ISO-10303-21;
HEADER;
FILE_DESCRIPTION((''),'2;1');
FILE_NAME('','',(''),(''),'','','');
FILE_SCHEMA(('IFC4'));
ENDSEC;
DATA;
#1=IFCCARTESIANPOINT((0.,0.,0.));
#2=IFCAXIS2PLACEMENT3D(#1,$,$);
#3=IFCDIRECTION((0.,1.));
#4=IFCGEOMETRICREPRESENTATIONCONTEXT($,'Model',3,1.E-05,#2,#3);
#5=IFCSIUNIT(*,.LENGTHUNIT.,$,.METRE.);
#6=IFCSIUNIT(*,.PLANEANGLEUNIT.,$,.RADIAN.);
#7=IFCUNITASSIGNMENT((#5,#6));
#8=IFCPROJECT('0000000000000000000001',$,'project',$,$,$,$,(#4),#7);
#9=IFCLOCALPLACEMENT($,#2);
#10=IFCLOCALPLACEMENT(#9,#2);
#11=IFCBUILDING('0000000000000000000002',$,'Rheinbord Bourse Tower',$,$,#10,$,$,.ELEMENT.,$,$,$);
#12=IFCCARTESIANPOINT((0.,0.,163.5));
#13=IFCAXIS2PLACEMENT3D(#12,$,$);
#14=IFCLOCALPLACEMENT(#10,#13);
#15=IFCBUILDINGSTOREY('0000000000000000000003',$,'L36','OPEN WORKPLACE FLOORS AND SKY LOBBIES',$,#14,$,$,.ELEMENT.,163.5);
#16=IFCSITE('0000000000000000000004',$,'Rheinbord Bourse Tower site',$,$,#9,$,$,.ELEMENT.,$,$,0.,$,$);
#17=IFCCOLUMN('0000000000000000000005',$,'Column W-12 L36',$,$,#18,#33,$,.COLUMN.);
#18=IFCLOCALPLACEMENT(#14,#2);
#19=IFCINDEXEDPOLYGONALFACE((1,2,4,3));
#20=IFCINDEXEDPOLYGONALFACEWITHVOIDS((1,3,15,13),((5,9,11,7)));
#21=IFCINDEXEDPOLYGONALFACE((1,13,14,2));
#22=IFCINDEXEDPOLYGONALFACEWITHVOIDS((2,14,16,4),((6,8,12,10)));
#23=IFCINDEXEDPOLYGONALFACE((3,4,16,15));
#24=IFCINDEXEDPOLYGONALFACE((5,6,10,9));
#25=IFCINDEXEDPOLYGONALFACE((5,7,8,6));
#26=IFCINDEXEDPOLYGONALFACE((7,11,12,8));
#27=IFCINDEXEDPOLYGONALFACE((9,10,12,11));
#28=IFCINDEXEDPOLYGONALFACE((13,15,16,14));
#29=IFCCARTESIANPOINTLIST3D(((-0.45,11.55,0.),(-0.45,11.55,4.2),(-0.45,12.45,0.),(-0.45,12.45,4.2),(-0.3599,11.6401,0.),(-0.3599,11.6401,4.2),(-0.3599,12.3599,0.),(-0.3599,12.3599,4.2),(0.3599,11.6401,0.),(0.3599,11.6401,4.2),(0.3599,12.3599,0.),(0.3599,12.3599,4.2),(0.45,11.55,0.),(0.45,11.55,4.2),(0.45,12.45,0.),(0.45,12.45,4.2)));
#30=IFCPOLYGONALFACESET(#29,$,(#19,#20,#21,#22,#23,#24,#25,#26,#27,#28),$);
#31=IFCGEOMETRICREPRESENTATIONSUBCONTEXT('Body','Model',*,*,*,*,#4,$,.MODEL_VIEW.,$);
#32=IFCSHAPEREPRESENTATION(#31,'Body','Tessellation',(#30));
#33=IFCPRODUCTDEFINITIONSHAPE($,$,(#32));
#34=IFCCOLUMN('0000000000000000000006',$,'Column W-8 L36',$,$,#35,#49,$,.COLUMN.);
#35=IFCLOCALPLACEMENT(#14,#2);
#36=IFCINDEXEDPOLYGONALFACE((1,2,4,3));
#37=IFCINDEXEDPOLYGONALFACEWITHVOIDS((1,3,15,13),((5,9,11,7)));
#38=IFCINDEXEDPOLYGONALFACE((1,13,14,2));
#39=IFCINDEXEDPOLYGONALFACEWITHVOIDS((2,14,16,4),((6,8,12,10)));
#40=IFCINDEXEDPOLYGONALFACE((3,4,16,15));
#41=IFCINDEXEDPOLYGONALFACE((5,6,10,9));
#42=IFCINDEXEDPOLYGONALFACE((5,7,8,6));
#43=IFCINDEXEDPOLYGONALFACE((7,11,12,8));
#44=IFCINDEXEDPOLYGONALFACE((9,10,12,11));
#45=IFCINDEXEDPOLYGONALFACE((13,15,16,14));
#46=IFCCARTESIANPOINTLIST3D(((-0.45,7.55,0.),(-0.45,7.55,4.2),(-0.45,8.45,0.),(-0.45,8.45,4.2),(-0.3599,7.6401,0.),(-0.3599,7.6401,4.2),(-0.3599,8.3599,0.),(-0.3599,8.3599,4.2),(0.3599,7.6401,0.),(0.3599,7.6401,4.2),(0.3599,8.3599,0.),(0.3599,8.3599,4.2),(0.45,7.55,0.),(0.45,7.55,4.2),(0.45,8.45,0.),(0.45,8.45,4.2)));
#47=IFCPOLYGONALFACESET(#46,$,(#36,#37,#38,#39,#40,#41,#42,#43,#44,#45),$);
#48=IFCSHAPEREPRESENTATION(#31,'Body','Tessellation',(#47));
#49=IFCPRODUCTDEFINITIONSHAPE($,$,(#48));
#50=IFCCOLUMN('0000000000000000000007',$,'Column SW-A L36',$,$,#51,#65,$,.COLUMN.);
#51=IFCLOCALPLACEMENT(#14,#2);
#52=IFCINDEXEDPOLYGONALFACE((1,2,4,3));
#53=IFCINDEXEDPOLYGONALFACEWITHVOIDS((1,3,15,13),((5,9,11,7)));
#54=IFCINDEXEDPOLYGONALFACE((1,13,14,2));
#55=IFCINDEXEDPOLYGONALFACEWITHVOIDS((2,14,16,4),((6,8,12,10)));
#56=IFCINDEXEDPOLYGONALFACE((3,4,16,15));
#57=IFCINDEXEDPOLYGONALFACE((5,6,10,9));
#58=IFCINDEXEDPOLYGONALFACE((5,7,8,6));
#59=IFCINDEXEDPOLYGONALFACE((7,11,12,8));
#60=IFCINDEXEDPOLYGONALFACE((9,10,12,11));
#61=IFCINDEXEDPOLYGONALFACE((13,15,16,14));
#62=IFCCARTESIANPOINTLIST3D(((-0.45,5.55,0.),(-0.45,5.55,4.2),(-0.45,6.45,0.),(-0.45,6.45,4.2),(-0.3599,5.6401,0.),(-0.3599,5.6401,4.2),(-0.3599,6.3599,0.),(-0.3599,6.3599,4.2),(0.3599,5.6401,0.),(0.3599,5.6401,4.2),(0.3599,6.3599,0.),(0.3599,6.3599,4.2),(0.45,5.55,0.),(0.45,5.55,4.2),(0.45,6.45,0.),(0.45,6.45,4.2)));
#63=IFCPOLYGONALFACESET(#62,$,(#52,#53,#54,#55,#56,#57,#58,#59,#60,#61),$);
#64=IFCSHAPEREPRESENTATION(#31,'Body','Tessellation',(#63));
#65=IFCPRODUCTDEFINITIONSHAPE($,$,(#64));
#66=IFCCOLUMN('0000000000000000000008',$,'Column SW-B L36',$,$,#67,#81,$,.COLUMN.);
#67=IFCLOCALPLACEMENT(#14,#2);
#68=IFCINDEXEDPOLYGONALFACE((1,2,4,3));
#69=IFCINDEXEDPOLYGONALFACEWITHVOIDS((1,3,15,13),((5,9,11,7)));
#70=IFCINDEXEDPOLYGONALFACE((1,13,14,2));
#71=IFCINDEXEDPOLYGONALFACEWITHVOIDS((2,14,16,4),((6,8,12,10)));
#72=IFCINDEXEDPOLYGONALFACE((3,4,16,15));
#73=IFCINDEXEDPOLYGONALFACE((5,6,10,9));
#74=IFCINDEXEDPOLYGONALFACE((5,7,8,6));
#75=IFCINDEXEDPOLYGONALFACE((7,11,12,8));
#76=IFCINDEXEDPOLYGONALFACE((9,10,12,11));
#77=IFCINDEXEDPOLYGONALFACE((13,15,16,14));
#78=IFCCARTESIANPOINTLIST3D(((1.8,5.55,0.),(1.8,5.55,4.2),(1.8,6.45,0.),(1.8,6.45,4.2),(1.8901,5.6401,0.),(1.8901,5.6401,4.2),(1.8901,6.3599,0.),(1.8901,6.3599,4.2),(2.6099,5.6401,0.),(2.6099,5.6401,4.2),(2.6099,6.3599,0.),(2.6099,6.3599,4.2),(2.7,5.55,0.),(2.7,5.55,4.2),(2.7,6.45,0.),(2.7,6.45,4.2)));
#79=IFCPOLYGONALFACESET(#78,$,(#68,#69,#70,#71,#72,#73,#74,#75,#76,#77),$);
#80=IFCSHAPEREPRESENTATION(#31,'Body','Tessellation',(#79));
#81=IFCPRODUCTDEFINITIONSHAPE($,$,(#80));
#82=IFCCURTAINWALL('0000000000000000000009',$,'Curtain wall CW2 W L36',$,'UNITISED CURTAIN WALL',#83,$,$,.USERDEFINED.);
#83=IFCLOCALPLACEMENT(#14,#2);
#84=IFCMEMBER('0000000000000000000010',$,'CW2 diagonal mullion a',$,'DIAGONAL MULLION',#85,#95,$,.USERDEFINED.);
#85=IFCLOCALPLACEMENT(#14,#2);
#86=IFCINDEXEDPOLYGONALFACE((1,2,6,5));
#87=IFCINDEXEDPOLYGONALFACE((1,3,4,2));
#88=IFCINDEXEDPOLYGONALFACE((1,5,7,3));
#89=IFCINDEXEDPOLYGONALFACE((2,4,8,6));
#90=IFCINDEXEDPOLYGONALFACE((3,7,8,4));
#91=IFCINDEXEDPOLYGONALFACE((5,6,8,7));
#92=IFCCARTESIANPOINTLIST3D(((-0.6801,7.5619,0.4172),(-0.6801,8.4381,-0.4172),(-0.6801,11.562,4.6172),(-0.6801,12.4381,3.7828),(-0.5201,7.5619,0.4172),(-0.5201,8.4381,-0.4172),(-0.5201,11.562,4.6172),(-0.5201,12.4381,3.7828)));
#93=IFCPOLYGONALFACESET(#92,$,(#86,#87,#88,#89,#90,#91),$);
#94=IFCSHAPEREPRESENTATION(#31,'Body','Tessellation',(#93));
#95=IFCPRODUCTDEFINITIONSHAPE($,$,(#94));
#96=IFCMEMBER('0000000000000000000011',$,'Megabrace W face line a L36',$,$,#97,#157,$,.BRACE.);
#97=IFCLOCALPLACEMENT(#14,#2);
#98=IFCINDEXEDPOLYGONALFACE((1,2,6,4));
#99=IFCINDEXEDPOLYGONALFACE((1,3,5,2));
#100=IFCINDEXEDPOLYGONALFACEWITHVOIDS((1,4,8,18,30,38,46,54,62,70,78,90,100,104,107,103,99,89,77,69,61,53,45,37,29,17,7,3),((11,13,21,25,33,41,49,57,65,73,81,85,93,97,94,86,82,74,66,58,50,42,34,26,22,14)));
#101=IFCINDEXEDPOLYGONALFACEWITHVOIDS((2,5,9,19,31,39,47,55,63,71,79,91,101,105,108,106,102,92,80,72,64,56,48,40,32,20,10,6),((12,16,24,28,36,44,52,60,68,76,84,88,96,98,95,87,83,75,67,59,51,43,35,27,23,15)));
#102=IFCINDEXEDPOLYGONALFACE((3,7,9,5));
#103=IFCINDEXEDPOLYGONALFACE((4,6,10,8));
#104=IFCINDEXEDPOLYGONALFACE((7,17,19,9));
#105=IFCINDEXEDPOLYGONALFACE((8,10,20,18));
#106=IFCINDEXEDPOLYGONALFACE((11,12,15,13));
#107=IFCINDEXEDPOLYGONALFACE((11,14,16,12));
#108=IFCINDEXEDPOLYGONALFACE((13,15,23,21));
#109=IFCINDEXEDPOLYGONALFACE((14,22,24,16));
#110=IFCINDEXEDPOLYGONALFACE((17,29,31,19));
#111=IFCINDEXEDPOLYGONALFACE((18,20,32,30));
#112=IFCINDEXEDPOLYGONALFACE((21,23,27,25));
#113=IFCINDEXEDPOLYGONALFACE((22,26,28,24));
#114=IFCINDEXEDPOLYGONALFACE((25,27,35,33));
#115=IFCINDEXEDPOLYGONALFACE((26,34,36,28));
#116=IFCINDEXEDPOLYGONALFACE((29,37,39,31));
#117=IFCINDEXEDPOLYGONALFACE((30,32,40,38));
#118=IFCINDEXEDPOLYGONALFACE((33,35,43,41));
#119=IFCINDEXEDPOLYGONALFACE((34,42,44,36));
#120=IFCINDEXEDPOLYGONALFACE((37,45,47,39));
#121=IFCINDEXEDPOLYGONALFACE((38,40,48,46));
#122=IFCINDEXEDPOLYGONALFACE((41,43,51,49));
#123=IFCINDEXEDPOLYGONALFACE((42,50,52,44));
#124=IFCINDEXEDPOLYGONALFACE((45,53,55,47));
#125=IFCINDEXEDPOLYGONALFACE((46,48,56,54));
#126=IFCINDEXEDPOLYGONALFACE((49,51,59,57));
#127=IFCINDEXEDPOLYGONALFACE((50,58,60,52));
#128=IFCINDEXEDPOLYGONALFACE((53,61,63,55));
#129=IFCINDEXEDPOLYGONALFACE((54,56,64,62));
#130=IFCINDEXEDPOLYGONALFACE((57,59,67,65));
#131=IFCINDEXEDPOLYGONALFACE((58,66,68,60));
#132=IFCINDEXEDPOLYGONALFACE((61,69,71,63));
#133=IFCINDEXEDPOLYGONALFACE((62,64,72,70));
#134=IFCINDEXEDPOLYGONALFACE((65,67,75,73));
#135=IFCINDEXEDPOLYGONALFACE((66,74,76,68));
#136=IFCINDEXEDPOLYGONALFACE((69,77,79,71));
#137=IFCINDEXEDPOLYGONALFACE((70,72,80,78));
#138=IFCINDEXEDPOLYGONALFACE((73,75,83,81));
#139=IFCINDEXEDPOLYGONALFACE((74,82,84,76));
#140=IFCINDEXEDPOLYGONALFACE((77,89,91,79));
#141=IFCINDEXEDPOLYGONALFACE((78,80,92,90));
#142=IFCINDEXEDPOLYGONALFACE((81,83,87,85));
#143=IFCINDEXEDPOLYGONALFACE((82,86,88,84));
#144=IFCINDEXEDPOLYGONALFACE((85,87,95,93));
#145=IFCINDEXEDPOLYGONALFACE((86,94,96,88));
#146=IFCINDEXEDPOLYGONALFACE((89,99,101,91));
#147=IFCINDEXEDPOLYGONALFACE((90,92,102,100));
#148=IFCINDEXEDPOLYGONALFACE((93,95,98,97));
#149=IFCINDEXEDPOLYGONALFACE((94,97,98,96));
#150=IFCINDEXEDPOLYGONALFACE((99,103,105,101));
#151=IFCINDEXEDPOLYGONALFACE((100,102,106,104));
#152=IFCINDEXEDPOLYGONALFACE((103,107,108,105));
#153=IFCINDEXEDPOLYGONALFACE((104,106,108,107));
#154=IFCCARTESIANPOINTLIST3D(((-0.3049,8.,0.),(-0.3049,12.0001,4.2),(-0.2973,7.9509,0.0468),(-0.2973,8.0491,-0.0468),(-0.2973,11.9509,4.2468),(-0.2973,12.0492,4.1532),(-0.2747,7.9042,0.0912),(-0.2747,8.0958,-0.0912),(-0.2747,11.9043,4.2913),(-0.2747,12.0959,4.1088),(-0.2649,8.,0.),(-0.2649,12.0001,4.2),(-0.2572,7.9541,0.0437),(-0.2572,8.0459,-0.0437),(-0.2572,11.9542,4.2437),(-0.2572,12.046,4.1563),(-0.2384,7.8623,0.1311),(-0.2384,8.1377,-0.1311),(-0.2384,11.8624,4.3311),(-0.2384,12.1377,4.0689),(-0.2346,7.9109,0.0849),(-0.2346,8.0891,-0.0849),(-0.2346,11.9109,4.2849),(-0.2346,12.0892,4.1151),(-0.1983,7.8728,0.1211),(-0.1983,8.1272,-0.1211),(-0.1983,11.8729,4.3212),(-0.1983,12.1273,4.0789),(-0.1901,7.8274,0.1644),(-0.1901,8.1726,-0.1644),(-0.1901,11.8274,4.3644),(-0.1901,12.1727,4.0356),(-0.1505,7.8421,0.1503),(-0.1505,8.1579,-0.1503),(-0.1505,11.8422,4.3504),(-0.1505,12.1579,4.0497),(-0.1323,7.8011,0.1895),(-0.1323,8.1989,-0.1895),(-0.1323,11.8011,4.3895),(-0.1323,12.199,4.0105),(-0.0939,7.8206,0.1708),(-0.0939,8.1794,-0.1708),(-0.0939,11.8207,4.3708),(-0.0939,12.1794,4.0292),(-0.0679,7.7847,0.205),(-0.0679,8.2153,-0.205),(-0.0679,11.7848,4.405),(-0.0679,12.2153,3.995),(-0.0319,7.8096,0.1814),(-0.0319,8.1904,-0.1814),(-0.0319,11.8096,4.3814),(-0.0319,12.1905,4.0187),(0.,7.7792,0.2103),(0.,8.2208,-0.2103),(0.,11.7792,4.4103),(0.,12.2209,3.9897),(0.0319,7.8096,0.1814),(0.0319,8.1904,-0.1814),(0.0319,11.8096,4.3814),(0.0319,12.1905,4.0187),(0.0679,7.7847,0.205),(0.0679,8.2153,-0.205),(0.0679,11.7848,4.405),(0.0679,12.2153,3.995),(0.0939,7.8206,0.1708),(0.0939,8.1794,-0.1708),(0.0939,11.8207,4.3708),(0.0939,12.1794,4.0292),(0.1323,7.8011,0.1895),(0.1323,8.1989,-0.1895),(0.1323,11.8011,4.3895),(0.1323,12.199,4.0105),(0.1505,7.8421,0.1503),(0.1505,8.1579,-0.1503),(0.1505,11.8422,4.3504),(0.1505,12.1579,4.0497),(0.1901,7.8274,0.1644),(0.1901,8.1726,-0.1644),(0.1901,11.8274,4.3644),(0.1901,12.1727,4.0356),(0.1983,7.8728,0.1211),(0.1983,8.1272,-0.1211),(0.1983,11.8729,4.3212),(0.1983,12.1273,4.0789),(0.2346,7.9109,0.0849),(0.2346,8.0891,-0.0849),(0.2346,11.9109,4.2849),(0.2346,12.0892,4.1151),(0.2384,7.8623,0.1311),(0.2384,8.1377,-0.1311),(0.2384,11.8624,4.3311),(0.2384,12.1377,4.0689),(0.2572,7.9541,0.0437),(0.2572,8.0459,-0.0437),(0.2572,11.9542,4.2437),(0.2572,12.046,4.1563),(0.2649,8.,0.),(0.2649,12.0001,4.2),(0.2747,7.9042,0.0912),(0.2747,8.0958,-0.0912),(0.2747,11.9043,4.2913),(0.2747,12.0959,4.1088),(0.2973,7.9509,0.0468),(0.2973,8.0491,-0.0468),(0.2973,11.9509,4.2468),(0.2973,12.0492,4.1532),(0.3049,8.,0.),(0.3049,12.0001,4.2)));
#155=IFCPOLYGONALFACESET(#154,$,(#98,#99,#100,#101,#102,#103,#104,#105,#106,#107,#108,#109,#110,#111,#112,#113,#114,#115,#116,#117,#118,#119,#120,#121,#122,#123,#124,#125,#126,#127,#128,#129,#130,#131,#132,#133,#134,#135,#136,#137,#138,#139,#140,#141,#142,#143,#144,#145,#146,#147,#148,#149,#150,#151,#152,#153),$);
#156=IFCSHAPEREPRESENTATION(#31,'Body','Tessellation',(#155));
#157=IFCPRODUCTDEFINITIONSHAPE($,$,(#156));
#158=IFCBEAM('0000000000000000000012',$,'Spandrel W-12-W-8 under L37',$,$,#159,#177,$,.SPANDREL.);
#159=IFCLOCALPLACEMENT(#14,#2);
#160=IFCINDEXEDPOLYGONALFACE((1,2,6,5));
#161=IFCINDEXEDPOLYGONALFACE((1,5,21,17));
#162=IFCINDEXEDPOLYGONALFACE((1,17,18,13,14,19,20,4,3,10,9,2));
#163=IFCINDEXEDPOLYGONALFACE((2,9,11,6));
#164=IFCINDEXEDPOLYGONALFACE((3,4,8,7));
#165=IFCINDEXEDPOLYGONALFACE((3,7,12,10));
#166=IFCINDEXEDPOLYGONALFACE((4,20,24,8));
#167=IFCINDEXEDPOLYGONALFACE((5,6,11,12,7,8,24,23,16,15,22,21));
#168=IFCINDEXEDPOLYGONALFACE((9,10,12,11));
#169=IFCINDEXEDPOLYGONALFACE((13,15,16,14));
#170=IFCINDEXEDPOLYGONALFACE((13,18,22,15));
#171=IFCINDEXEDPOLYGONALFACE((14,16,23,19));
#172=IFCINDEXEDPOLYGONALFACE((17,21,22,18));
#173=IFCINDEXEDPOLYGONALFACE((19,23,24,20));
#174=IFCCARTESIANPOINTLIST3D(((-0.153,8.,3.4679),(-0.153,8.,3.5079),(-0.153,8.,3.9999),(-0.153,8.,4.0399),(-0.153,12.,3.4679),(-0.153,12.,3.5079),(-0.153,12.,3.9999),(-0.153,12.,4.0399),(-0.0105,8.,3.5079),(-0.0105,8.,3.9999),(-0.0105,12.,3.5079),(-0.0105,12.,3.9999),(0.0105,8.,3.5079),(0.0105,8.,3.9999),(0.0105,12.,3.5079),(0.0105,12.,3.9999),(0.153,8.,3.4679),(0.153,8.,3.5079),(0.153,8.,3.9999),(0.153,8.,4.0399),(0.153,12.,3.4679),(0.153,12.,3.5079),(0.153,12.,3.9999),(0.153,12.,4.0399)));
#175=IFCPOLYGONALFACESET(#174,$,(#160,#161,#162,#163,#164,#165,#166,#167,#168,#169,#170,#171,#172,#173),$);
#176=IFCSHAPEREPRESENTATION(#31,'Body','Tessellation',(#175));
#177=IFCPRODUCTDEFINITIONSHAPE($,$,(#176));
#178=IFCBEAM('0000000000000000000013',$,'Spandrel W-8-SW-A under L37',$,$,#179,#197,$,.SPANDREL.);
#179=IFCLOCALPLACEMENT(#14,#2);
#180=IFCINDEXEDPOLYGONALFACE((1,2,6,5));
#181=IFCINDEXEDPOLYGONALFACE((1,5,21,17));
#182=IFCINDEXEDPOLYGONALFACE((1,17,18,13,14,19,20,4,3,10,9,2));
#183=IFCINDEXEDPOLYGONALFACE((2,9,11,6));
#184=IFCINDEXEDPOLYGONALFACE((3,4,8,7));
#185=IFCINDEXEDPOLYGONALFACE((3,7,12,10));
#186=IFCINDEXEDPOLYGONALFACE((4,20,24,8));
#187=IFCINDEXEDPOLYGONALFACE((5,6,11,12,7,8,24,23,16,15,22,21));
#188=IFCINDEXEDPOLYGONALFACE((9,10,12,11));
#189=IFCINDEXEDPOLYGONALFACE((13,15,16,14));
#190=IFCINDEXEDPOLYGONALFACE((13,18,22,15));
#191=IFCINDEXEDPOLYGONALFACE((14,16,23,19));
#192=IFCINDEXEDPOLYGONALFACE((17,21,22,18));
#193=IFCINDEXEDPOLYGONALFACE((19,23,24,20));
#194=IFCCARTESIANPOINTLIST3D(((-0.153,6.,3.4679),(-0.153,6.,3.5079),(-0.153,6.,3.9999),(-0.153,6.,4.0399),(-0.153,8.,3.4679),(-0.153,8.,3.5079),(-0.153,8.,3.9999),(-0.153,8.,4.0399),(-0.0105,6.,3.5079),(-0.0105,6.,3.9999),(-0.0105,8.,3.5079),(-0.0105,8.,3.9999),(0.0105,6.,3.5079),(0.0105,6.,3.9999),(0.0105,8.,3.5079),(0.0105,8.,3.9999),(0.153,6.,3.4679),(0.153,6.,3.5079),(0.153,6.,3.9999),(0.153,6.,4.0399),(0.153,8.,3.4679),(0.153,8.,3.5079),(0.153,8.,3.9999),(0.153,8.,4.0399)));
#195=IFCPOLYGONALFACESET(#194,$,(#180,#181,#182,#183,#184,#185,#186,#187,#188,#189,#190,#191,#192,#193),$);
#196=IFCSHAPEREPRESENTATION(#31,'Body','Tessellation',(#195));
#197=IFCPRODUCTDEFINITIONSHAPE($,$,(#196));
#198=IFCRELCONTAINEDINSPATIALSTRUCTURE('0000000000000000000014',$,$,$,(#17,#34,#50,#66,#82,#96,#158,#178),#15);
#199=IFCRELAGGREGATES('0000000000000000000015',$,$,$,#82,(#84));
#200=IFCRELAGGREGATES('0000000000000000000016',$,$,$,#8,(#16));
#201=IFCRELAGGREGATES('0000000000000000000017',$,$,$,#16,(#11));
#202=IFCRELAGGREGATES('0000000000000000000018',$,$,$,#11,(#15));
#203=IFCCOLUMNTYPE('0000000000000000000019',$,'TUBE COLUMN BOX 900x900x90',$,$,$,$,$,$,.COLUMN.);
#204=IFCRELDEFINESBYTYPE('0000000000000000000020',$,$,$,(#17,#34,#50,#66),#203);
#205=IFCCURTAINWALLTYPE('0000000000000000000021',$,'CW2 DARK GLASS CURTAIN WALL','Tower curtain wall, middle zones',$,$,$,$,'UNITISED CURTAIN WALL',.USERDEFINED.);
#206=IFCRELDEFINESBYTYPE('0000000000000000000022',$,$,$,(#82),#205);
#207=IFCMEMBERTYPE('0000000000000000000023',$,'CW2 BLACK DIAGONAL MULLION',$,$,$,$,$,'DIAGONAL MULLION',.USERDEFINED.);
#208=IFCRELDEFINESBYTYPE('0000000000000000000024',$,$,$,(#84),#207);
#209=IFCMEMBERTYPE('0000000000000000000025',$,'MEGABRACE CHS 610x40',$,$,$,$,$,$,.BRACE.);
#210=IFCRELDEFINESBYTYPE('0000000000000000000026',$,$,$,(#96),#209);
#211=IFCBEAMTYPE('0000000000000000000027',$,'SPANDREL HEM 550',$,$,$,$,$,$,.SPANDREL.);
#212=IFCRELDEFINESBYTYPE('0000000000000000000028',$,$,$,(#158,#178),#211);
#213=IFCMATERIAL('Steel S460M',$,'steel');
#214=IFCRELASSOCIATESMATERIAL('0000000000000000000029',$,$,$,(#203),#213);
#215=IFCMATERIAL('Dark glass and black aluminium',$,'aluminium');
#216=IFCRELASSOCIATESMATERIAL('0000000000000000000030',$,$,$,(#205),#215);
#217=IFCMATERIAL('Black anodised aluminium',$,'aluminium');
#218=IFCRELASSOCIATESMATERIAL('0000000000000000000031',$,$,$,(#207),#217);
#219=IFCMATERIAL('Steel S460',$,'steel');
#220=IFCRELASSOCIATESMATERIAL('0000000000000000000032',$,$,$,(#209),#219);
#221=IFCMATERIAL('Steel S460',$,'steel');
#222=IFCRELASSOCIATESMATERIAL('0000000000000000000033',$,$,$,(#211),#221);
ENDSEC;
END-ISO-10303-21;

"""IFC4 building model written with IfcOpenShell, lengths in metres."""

from ifc_helpers import new_model, si_unit, direction, frame, origin, origin_2d, place, context, subcontext, project, spatial, rectangle, hollow_rectangle, hollow_circle, i_section, extrude, material, material_profile, profile_set, type_object, element, aggregate, save


model = new_model("IFC4")

# Units and contexts
model_context = context("Model", 3, precision=1e-05, world=origin(), true_north=direction((0.0, 1.0)))
body_context = subcontext(model_context, "Body", "Model", "MODEL_VIEW")
ifc_project = project(units=[si_unit("LENGTHUNIT", "METRE"), si_unit("PLANEANGLEUNIT", "RADIAN")], contexts=[model_context])

# Site, building, storey
site_placement = place(None, origin())
site = spatial("IfcSite", under=ifc_project, at=site_placement, Name="Rheinbord Bourse Tower site", CompositionType="ELEMENT", RefElevation=0.0)
building_placement = place(site_placement, origin())
building = spatial("IfcBuilding", under=site, at=building_placement, Name="Rheinbord Bourse Tower", CompositionType="ELEMENT")
storey_placement = place(building_placement, frame((0.0, 0.0, 163.5)))
storey = spatial("IfcBuildingStorey", under=building, at=storey_placement, Name="L36", Description="OPEN WORKPLACE FLOORS AND SKY LOBBIES", CompositionType="ELEMENT", Elevation=163.5)

# Columns
ifc_material_1 = material(Name="Steel S460M", Category="steel")
ifc_material_profile_1 = material_profile(ifc_material_1, hollow_rectangle(XDim=0.8999, YDim=0.8999, WallThickness=0.0901, at=origin_2d()), Name="BOX 900x900x90")
ifc_profile_set_1 = profile_set([ifc_material_profile_1], Name="Steel S460M")
column_type = type_object("IfcColumnType", Name="TUBE COLUMN BOX 900x900x90", PredefinedType="COLUMN", material=ifc_profile_set_1)
for number, where, z_axis, x_axis, name in (
    (1, (0.0, 12.0, 0.0), (0.0, 0.0, 1.0), (1.0, 0.0, 0.0), "Column W-12 L36"),
    (2, (0.0, 8.0, 0.0), (0.0, 0.0, 1.0), (1.0, 0.0, 0.0), "Column W-8 L36"),
    (3, (0.0, 6.0, 0.0), (0.0, 0.0, 1.0), (1.0, 0.0, 0.0), "Column SW-A L36"),
    (4, (2.25, 6.0, 0.0), (0.0, 0.0, 1.0), (1.0, 0.0, 0.0), "Column SW-B L36"),
):
    element("IfcColumn", number, at=place(storey_placement, frame(where, z_axis=z_axis, x_axis=x_axis)), inside=storey, type_object=column_type, Name=name, PredefinedType="COLUMN", context=body_context, shape_type="SweptSolid", body=[
        extrude(hollow_rectangle(XDim=0.8999, YDim=0.8999, WallThickness=0.0901, at=origin_2d()), origin(), (0.0, 0.0, 1.0), 4.2),
    ])

# Curtain wall, member
ifc_material_2 = material(Name="Dark glass and black aluminium", Category="aluminium")
curtain_wall_type = type_object("IfcCurtainWallType", Name="CW2 DARK GLASS CURTAIN WALL", Description="Tower curtain wall, middle zones", ElementType="UNITISED CURTAIN WALL", PredefinedType="USERDEFINED", material=ifc_material_2)
curtain_wall_placement = place(storey_placement, origin())
curtain_wall = element("IfcCurtainWall", 5, at=curtain_wall_placement, inside=storey, type_object=curtain_wall_type, Name="Curtain wall CW2 W L36", ObjectType="UNITISED CURTAIN WALL", PredefinedType="USERDEFINED")
ifc_material_3 = material(Name="Black anodised aluminium", Category="aluminium")
ifc_material_profile_2 = material_profile(ifc_material_3, rectangle(XDim=0.1599, YDim=1.21, at=origin_2d()), Name="CW2 DIAGONAL MULLION 1210x160")
ifc_profile_set_2 = profile_set([ifc_material_profile_2], Name="Black anodised aluminium")
member_type_1 = type_object("IfcMemberType", Name="CW2 BLACK DIAGONAL MULLION", ElementType="DIAGONAL MULLION", PredefinedType="USERDEFINED", material=ifc_profile_set_2)
member_1_placement = place(storey_placement, frame((-0.6001, 8.0, 0.0), z_axis=(0.0, 0.689659, 0.724134), x_axis=(-1.0, 0.0, 0.0)))
member_1 = element("IfcMember", 6, at=member_1_placement, type_object=member_type_1, Name="CW2 diagonal mullion a", ObjectType="DIAGONAL MULLION", PredefinedType="USERDEFINED", context=body_context, shape_type="SweptSolid", body=[
    extrude(rectangle(XDim=0.1599, YDim=1.21, at=origin_2d()), origin(), (0.0, 0.0, 1.0), 5.8),
])
aggregate(curtain_wall, [member_1])

# Member
ifc_material_4 = material(Name="Steel S460", Category="steel")
ifc_material_profile_3 = material_profile(ifc_material_4, hollow_circle(Radius=0.3049, WallThickness=0.04, at=origin_2d()), Name="CHS 610x40")
ifc_profile_set_3 = profile_set([ifc_material_profile_3], Name="Steel S460")
member_type_2 = type_object("IfcMemberType", Name="MEGABRACE CHS 610x40", PredefinedType="BRACE", material=ifc_profile_set_3)
member_2_placement = place(storey_placement, frame((0.0, 8.0, 0.0), z_axis=(0.0, 0.689659, 0.724134), x_axis=(-1.0, 0.0, 0.0)))
element("IfcMember", 7, at=member_2_placement, inside=storey, type_object=member_type_2, Name="Megabrace W face line a L36", PredefinedType="BRACE", context=body_context, shape_type="SweptSolid", body=[
    extrude(hollow_circle(Radius=0.3049, WallThickness=0.04, at=origin_2d()), origin(), (0.0, 0.0, 1.0), 5.8),
])

# Beams
ifc_material_5 = material(Name="Steel S460", Category="steel")
ifc_material_profile_4 = material_profile(ifc_material_5, i_section(OverallWidth=0.3059, OverallDepth=0.572, WebThickness=0.021, FlangeThickness=0.04, at=origin_2d()), Name="HEM 550")
ifc_profile_set_4 = profile_set([ifc_material_profile_4], Name="Steel S460")
beam_type_1 = type_object("IfcBeamType", Name="SPANDREL HEM 550", PredefinedType="SPANDREL", material=ifc_profile_set_4)
beam_1_placement = place(storey_placement, frame((0.0, 12.0, 3.7539), z_axis=(0.0, -1.0, 0.0), x_axis=(1.0, 0.0, 0.0)))
element("IfcBeam", 8, at=beam_1_placement, inside=storey, type_object=beam_type_1, Name="Spandrel W-12-W-8 under L37", PredefinedType="SPANDREL", context=body_context, shape_type="SweptSolid", body=[
    extrude(i_section(OverallWidth=0.3059, OverallDepth=0.572, WebThickness=0.021, FlangeThickness=0.04, at=origin_2d()), origin(), (0.0, 0.0, 1.0), 4.0),
])
beam_2_placement = place(storey_placement, frame((0.0, 8.0, 3.7539), z_axis=(0.0, -1.0, 0.0), x_axis=(1.0, 0.0, 0.0)))
element("IfcBeam", 9, at=beam_2_placement, inside=storey, type_object=beam_type_1, Name="Spandrel W-8-SW-A under L37", PredefinedType="SPANDREL", context=body_context, shape_type="SweptSolid", body=[
    extrude(i_section(OverallWidth=0.3059, OverallDepth=0.572, WebThickness=0.021, FlangeThickness=0.04, at=origin_2d()), origin(), (0.0, 0.0, 1.0), 2.0),
])

save(model, "model.ifc")
